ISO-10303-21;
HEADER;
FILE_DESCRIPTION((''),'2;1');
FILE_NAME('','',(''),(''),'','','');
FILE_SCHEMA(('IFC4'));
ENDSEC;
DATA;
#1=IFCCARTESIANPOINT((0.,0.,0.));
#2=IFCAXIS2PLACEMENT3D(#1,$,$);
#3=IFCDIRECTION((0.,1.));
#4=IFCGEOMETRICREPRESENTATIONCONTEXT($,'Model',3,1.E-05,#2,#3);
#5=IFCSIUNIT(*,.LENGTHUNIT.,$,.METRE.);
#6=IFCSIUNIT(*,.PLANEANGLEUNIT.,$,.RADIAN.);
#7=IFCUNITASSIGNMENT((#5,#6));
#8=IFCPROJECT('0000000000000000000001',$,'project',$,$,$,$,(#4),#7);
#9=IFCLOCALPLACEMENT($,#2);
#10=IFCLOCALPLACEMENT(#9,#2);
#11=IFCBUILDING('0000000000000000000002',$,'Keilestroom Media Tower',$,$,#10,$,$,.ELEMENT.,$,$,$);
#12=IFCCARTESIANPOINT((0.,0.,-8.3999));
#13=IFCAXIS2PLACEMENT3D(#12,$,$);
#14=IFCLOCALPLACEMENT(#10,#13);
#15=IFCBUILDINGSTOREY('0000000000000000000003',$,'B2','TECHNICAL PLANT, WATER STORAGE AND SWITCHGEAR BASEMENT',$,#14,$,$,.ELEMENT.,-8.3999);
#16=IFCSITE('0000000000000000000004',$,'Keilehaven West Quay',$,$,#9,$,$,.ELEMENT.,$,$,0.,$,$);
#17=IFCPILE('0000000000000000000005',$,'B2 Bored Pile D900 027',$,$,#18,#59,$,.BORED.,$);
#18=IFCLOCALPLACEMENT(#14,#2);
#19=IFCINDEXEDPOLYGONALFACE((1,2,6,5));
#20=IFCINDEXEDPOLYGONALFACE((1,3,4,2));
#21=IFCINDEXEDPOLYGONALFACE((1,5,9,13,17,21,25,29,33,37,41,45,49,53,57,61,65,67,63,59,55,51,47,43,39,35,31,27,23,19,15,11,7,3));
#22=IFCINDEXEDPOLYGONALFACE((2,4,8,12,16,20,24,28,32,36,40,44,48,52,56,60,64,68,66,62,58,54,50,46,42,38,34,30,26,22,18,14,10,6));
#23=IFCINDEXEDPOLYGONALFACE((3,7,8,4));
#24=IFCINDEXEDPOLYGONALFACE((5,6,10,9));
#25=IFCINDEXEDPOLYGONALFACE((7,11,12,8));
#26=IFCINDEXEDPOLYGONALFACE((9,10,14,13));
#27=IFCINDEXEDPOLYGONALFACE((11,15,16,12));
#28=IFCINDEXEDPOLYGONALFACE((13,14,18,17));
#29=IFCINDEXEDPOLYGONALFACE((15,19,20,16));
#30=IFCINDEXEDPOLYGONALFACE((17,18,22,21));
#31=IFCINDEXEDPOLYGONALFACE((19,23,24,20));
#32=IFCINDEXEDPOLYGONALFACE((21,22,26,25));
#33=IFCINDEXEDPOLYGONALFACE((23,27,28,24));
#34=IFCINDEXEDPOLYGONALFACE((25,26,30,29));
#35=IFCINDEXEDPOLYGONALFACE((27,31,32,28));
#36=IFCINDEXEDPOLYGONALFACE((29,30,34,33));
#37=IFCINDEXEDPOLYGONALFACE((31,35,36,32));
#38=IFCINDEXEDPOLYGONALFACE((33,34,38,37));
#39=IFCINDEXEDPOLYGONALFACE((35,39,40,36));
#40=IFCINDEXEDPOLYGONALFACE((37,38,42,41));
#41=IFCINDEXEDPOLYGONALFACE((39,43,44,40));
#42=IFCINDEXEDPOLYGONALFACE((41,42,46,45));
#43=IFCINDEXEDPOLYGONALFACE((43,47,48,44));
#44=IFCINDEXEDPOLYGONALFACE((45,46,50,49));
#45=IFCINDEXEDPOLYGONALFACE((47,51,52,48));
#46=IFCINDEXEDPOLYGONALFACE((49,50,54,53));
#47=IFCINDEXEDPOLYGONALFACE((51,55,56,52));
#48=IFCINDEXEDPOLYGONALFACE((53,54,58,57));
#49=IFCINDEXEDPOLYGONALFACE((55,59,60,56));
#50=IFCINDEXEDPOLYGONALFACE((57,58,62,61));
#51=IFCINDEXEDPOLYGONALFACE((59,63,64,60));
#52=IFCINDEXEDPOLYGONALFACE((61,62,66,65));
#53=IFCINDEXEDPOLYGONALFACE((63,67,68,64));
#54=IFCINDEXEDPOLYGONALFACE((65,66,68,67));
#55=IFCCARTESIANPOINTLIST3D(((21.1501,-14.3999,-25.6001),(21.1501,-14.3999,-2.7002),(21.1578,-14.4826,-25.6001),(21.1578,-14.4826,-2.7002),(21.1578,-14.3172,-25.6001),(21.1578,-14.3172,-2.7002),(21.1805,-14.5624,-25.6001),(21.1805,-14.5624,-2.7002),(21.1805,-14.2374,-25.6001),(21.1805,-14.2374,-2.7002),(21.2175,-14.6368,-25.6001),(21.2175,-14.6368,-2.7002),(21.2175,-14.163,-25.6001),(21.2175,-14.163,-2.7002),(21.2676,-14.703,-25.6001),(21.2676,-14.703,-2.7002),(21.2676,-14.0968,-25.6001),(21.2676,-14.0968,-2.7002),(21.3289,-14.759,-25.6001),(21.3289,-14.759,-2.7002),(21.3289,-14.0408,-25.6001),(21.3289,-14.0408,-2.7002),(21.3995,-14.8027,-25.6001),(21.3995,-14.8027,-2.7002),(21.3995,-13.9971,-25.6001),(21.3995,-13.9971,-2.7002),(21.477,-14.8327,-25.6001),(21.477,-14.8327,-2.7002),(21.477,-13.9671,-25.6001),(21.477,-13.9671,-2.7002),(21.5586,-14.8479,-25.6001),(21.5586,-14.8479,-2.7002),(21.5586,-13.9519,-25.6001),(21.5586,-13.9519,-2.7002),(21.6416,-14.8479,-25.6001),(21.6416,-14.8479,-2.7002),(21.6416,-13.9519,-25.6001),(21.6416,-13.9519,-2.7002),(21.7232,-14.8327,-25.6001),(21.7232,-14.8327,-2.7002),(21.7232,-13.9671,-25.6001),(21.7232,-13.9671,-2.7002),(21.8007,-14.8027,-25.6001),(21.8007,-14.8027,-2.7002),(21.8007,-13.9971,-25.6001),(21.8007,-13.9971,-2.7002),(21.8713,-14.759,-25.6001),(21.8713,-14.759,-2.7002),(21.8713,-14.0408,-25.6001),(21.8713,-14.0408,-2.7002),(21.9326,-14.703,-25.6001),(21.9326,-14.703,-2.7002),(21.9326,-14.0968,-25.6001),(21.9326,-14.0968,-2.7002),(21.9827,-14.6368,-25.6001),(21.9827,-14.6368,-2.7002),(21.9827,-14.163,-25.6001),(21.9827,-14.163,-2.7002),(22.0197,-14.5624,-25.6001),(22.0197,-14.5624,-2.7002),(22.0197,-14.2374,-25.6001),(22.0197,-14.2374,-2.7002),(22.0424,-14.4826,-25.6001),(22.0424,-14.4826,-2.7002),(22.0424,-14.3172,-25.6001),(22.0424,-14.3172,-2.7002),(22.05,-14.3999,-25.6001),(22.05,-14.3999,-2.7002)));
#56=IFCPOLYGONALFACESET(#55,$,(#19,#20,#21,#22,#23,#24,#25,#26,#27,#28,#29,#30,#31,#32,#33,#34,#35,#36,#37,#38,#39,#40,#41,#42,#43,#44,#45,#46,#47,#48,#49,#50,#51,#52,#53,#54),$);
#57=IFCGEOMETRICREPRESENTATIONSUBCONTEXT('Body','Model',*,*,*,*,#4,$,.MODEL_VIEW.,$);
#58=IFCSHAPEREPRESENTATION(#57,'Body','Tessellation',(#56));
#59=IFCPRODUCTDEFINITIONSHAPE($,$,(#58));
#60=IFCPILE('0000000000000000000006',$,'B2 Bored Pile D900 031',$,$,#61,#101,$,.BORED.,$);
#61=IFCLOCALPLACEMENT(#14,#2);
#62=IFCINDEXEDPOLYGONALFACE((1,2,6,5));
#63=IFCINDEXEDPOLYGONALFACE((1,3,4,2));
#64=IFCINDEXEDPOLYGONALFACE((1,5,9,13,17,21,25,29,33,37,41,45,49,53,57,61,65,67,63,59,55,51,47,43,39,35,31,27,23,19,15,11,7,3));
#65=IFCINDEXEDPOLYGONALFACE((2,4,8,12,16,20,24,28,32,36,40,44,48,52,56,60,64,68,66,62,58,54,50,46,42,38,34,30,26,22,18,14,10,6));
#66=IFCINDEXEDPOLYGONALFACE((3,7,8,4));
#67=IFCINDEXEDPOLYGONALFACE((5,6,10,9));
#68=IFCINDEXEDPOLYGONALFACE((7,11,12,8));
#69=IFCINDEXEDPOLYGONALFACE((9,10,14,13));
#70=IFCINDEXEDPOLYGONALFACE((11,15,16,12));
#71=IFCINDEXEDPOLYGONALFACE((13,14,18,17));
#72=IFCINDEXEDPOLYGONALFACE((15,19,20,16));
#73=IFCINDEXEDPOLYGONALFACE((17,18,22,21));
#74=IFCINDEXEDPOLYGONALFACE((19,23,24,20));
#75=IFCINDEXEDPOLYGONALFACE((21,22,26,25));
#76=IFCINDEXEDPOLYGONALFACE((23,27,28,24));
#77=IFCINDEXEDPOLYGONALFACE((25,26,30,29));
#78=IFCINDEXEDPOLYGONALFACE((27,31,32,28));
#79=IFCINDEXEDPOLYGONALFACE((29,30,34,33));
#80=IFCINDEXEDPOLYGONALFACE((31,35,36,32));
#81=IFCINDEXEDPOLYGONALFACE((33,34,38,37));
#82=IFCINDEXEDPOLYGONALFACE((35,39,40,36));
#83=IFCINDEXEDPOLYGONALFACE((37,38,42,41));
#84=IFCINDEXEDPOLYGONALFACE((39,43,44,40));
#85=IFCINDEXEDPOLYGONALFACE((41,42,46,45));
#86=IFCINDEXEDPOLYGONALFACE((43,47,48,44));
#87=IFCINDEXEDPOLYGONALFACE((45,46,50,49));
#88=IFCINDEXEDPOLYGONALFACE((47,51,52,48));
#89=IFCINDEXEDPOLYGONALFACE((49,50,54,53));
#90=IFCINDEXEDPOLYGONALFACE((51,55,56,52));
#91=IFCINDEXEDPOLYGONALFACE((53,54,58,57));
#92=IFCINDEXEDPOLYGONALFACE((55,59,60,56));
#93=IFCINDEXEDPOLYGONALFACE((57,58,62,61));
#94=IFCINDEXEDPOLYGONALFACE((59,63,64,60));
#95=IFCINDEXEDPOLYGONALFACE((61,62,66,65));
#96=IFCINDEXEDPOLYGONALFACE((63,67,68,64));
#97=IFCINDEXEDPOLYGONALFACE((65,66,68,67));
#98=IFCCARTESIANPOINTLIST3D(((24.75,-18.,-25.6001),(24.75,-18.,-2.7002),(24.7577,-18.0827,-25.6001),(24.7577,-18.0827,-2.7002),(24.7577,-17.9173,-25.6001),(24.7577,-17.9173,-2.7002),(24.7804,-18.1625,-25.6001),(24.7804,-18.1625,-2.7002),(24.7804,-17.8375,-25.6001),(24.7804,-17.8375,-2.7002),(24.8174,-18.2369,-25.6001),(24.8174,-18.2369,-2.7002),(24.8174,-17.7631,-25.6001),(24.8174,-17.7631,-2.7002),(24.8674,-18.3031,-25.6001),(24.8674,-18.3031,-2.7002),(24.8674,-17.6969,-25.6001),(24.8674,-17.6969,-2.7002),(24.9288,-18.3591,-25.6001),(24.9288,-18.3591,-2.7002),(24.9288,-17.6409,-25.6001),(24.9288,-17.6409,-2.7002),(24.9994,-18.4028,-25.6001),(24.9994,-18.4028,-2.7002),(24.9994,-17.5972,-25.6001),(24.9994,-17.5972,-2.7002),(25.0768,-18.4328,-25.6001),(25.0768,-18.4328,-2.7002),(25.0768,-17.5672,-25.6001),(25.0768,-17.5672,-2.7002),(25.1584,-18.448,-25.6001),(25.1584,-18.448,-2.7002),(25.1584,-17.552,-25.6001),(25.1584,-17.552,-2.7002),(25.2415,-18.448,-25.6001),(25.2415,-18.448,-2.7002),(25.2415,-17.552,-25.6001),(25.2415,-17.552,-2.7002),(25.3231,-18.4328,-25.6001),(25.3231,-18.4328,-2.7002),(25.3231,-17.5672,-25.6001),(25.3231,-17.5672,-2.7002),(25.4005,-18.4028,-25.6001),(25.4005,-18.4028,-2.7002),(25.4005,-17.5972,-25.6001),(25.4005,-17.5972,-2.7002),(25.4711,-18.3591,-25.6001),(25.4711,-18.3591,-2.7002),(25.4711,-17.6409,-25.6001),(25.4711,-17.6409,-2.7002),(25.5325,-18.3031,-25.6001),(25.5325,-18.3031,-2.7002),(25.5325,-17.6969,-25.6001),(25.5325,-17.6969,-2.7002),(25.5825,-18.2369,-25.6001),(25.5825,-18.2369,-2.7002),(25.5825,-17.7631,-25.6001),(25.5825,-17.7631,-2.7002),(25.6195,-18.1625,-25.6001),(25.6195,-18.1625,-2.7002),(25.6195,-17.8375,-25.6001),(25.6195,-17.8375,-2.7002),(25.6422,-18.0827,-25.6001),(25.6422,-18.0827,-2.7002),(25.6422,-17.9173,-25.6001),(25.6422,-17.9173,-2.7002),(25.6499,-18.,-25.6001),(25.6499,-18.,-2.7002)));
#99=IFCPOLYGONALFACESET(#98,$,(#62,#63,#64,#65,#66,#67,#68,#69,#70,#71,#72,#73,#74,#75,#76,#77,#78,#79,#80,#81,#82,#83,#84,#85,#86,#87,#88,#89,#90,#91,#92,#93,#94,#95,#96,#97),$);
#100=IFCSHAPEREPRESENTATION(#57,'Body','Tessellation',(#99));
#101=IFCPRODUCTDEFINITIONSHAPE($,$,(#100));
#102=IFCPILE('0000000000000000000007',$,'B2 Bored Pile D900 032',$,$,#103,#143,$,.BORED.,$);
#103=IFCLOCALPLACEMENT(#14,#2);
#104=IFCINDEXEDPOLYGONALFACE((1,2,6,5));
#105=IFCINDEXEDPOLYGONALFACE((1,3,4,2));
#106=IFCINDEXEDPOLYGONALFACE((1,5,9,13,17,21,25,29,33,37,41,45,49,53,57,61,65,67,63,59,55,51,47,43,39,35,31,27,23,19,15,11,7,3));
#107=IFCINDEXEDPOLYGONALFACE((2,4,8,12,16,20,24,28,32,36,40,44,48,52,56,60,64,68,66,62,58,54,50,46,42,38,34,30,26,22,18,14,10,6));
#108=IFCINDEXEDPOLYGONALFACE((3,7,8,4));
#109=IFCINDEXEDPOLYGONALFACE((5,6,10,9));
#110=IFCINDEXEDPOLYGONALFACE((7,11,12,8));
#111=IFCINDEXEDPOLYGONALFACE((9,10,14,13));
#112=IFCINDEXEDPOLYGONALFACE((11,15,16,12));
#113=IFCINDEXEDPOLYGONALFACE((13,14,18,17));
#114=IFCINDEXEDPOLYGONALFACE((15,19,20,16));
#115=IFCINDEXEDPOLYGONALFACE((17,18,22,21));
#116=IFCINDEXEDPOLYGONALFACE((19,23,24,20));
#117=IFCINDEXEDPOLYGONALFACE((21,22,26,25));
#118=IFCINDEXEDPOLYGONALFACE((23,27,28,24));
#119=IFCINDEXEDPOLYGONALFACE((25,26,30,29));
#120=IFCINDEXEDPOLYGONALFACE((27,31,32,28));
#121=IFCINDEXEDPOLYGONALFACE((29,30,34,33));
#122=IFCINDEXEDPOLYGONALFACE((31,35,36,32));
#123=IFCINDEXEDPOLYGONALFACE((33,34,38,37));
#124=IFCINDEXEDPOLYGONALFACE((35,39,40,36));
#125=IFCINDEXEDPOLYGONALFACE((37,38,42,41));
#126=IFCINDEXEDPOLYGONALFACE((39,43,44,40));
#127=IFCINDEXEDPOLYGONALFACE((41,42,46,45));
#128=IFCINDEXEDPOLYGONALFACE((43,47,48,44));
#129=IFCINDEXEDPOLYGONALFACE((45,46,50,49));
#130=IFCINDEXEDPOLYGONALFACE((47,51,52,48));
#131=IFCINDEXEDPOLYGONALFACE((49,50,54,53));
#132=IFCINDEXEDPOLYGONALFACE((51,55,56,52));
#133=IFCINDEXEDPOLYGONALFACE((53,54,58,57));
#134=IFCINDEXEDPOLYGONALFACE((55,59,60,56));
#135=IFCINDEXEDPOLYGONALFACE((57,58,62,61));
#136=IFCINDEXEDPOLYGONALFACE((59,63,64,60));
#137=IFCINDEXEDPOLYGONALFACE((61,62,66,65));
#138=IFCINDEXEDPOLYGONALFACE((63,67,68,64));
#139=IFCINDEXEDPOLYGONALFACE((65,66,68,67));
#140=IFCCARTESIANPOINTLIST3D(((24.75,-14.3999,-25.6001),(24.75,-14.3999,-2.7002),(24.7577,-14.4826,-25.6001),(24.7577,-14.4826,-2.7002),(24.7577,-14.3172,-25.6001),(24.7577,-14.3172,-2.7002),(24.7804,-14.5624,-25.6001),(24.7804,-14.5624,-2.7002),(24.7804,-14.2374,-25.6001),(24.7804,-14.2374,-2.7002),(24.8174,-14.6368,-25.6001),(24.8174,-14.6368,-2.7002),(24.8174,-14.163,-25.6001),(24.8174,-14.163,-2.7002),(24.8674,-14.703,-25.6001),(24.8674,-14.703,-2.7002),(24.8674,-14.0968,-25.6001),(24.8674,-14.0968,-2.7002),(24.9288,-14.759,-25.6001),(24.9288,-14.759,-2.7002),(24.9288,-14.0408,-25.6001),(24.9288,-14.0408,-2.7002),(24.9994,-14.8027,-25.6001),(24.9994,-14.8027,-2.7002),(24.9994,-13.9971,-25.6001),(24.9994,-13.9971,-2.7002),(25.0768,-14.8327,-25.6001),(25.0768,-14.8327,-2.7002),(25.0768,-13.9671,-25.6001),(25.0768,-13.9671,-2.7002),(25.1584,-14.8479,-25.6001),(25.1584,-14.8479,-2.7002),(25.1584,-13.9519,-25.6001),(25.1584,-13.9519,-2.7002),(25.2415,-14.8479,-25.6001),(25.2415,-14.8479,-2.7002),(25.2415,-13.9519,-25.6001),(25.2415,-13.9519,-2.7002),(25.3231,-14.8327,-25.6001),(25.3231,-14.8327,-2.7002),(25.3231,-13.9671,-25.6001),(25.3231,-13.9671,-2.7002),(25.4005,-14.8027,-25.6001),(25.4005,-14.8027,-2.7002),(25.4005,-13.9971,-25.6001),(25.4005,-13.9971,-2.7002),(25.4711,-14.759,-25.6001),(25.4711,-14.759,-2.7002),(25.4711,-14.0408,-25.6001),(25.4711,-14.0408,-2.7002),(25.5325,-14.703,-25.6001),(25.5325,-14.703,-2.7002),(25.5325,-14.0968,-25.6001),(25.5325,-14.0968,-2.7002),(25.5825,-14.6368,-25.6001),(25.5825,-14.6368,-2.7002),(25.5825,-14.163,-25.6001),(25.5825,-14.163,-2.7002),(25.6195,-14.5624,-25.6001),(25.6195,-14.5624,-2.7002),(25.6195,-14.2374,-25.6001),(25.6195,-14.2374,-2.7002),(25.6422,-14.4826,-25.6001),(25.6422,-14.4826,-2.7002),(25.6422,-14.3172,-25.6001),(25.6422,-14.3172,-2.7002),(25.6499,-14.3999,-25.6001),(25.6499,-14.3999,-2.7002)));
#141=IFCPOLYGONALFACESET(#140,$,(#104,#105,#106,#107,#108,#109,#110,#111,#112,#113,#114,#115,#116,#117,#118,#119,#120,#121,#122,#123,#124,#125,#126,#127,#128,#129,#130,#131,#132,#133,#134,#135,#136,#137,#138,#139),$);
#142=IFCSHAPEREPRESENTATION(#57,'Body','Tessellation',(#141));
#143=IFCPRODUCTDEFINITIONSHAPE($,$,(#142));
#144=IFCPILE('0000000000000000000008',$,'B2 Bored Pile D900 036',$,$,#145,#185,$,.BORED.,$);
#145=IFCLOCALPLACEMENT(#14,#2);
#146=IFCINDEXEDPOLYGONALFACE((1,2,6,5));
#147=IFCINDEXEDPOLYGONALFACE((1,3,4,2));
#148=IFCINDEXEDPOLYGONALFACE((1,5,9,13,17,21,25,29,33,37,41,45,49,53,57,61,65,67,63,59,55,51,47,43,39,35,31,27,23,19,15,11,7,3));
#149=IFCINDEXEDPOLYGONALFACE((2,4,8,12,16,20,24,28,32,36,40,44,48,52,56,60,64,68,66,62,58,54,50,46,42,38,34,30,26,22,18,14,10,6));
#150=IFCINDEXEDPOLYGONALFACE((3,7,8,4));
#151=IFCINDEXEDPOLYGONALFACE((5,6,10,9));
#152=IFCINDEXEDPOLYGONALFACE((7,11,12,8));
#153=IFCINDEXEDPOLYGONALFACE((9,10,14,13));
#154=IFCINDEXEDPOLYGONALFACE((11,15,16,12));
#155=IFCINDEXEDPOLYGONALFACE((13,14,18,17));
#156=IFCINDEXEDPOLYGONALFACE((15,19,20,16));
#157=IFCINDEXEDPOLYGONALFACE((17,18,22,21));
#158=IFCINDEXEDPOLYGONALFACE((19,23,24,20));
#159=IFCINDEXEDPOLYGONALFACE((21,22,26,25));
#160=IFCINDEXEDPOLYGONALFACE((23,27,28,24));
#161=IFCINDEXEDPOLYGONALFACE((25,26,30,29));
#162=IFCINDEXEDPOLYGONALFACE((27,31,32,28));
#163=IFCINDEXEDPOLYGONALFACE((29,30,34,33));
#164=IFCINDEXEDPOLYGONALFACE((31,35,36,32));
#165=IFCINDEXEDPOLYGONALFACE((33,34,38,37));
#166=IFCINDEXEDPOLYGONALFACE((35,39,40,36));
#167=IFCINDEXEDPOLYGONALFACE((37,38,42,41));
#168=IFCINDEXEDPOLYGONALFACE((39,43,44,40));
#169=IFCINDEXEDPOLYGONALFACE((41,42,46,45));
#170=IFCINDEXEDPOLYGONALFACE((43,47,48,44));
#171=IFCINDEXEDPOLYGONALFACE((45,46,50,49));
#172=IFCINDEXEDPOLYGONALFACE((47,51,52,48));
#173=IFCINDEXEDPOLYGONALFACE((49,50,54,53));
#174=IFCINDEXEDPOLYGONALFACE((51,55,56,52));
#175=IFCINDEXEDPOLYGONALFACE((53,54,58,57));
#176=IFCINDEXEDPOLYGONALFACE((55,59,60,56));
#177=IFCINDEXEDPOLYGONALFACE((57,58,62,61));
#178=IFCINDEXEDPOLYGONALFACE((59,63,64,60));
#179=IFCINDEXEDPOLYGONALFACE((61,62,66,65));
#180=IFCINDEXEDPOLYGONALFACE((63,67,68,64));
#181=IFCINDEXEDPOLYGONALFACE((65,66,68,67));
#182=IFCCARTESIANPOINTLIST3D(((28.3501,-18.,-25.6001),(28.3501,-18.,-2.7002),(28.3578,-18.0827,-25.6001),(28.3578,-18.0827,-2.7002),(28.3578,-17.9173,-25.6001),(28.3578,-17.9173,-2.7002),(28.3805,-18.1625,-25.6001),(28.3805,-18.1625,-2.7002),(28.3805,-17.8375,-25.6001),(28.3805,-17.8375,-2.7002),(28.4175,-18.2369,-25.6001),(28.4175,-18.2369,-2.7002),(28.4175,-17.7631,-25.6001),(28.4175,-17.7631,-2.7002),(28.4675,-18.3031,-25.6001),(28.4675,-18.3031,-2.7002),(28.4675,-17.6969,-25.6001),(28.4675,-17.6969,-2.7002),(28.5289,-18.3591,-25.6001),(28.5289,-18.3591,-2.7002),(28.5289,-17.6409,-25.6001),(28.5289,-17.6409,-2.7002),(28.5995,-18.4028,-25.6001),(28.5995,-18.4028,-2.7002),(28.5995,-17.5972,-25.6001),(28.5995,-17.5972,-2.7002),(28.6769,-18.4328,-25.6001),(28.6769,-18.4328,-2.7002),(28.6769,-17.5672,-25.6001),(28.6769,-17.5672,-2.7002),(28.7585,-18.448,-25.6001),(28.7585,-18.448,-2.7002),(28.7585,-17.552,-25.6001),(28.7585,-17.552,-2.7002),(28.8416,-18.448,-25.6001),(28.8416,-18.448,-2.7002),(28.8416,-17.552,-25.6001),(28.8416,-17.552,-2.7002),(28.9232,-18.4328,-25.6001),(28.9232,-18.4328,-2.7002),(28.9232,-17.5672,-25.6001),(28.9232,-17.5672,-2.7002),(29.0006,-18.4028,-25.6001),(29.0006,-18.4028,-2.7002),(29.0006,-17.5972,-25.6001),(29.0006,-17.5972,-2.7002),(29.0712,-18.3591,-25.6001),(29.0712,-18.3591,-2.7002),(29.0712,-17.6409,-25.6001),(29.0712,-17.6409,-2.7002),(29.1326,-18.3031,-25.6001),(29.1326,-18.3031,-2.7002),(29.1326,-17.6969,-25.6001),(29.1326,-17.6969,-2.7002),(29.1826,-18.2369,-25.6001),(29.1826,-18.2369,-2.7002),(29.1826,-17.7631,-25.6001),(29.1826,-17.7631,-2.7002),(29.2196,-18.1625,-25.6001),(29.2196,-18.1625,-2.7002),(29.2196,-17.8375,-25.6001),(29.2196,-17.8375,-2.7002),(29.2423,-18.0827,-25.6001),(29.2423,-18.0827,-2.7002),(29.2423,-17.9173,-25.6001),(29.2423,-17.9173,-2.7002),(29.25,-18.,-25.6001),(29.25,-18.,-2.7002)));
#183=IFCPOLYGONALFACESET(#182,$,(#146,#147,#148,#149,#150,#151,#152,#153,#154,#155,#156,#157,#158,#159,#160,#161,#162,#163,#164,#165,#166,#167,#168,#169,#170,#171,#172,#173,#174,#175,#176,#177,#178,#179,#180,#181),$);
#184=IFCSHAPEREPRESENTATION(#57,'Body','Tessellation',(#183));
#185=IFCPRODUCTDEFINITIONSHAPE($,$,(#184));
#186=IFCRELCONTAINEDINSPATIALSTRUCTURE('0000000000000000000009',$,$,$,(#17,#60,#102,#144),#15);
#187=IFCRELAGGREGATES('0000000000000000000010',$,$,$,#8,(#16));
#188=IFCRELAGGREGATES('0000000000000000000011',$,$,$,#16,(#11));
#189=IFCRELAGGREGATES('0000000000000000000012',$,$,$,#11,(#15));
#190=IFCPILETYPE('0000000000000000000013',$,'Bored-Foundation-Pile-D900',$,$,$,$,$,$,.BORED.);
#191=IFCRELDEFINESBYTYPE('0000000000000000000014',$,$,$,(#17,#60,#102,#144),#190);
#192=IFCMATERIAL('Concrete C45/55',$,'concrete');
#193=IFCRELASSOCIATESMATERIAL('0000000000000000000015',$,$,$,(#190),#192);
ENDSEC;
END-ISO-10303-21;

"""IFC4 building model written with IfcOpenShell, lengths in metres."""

from ifc_helpers import new_model, si_unit, direction, frame, origin, origin_2d, place, context, subcontext, project, spatial, circle, extrude, source, transform, mapped, material, material_profile, profile_set, type_object, element, save


model = new_model("IFC4")

# Units and contexts
model_context = context("Model", 3, precision=1e-05, world=origin(), true_north=direction((0.0, 1.0)))
body_context = subcontext(model_context, "Body", "Model", "MODEL_VIEW")
ifc_project = project(units=[si_unit("LENGTHUNIT", "METRE"), si_unit("PLANEANGLEUNIT", "RADIAN")], contexts=[model_context])

# Site, building, storey
site_placement = place(None, origin())
site = spatial("IfcSite", under=ifc_project, at=site_placement, Name="Keilehaven West Quay", CompositionType="ELEMENT", RefElevation=0.0)
building_placement = place(site_placement, origin())
building = spatial("IfcBuilding", under=site, at=building_placement, Name="Keilestroom Media Tower", CompositionType="ELEMENT")
storey_placement = place(building_placement, frame((0.0, 0.0, -8.3999)))
storey = spatial("IfcBuildingStorey", under=building, at=storey_placement, Name="B2", Description="TECHNICAL PLANT, WATER STORAGE AND SWITCHGEAR BASEMENT", CompositionType="ELEMENT", Elevation=-8.3999)

# Piles
ifc_material_1 = material(Name="Concrete C45/55", Category="concrete")
ifc_material_profile_1 = material_profile(ifc_material_1, circle(Radius=0.45, at=origin_2d()), Name="BORED PILE D900")
ifc_profile_set_1 = profile_set([ifc_material_profile_1], Name="Concrete C45/55")
pile_type = type_object("IfcPileType", Name="Bored-Foundation-Pile-D900", PredefinedType="BORED", material=ifc_profile_set_1)
shared_shape_1 = source(origin(), body_context, "Body", "SweptSolid", [
    extrude(circle(Radius=0.45, at=origin_2d()), origin(), (0.0, 0.0, 1.0), 22.8999),
])
for number, where, z_axis, x_axis, name in (
    (1, (21.6001, -14.3999, -2.7002), (0.0, 0.0, -1.0), (1.0, 0.0, 0.0), "B2 Bored Pile D900 027"),
    (2, (25.2, -18.0, -2.7002), (0.0, 0.0, -1.0), (1.0, 0.0, 0.0), "B2 Bored Pile D900 031"),
    (3, (25.2, -14.3999, -2.7002), (0.0, 0.0, -1.0), (1.0, 0.0, 0.0), "B2 Bored Pile D900 032"),
    (4, (28.8, -18.0, -2.7002), (0.0, 0.0, -1.0), (1.0, 0.0, 0.0), "B2 Bored Pile D900 036"),
):
    element("IfcPile", number, at=place(storey_placement, frame(where, z_axis=z_axis, x_axis=x_axis)), inside=storey, type_object=pile_type, Name=name, PredefinedType="BORED", context=body_context, shape_type="MappedRepresentation", body=[
        mapped(shared_shape_1, transform((0.0, 0.0, 0.0), x_axis=(1.0, 0.0, 0.0), y_axis=(0.0, 1.0, 0.0), z_axis=(0.0, 0.0, 1.0), scale=1.0)),
    ])

save(model, "model.ifc")
